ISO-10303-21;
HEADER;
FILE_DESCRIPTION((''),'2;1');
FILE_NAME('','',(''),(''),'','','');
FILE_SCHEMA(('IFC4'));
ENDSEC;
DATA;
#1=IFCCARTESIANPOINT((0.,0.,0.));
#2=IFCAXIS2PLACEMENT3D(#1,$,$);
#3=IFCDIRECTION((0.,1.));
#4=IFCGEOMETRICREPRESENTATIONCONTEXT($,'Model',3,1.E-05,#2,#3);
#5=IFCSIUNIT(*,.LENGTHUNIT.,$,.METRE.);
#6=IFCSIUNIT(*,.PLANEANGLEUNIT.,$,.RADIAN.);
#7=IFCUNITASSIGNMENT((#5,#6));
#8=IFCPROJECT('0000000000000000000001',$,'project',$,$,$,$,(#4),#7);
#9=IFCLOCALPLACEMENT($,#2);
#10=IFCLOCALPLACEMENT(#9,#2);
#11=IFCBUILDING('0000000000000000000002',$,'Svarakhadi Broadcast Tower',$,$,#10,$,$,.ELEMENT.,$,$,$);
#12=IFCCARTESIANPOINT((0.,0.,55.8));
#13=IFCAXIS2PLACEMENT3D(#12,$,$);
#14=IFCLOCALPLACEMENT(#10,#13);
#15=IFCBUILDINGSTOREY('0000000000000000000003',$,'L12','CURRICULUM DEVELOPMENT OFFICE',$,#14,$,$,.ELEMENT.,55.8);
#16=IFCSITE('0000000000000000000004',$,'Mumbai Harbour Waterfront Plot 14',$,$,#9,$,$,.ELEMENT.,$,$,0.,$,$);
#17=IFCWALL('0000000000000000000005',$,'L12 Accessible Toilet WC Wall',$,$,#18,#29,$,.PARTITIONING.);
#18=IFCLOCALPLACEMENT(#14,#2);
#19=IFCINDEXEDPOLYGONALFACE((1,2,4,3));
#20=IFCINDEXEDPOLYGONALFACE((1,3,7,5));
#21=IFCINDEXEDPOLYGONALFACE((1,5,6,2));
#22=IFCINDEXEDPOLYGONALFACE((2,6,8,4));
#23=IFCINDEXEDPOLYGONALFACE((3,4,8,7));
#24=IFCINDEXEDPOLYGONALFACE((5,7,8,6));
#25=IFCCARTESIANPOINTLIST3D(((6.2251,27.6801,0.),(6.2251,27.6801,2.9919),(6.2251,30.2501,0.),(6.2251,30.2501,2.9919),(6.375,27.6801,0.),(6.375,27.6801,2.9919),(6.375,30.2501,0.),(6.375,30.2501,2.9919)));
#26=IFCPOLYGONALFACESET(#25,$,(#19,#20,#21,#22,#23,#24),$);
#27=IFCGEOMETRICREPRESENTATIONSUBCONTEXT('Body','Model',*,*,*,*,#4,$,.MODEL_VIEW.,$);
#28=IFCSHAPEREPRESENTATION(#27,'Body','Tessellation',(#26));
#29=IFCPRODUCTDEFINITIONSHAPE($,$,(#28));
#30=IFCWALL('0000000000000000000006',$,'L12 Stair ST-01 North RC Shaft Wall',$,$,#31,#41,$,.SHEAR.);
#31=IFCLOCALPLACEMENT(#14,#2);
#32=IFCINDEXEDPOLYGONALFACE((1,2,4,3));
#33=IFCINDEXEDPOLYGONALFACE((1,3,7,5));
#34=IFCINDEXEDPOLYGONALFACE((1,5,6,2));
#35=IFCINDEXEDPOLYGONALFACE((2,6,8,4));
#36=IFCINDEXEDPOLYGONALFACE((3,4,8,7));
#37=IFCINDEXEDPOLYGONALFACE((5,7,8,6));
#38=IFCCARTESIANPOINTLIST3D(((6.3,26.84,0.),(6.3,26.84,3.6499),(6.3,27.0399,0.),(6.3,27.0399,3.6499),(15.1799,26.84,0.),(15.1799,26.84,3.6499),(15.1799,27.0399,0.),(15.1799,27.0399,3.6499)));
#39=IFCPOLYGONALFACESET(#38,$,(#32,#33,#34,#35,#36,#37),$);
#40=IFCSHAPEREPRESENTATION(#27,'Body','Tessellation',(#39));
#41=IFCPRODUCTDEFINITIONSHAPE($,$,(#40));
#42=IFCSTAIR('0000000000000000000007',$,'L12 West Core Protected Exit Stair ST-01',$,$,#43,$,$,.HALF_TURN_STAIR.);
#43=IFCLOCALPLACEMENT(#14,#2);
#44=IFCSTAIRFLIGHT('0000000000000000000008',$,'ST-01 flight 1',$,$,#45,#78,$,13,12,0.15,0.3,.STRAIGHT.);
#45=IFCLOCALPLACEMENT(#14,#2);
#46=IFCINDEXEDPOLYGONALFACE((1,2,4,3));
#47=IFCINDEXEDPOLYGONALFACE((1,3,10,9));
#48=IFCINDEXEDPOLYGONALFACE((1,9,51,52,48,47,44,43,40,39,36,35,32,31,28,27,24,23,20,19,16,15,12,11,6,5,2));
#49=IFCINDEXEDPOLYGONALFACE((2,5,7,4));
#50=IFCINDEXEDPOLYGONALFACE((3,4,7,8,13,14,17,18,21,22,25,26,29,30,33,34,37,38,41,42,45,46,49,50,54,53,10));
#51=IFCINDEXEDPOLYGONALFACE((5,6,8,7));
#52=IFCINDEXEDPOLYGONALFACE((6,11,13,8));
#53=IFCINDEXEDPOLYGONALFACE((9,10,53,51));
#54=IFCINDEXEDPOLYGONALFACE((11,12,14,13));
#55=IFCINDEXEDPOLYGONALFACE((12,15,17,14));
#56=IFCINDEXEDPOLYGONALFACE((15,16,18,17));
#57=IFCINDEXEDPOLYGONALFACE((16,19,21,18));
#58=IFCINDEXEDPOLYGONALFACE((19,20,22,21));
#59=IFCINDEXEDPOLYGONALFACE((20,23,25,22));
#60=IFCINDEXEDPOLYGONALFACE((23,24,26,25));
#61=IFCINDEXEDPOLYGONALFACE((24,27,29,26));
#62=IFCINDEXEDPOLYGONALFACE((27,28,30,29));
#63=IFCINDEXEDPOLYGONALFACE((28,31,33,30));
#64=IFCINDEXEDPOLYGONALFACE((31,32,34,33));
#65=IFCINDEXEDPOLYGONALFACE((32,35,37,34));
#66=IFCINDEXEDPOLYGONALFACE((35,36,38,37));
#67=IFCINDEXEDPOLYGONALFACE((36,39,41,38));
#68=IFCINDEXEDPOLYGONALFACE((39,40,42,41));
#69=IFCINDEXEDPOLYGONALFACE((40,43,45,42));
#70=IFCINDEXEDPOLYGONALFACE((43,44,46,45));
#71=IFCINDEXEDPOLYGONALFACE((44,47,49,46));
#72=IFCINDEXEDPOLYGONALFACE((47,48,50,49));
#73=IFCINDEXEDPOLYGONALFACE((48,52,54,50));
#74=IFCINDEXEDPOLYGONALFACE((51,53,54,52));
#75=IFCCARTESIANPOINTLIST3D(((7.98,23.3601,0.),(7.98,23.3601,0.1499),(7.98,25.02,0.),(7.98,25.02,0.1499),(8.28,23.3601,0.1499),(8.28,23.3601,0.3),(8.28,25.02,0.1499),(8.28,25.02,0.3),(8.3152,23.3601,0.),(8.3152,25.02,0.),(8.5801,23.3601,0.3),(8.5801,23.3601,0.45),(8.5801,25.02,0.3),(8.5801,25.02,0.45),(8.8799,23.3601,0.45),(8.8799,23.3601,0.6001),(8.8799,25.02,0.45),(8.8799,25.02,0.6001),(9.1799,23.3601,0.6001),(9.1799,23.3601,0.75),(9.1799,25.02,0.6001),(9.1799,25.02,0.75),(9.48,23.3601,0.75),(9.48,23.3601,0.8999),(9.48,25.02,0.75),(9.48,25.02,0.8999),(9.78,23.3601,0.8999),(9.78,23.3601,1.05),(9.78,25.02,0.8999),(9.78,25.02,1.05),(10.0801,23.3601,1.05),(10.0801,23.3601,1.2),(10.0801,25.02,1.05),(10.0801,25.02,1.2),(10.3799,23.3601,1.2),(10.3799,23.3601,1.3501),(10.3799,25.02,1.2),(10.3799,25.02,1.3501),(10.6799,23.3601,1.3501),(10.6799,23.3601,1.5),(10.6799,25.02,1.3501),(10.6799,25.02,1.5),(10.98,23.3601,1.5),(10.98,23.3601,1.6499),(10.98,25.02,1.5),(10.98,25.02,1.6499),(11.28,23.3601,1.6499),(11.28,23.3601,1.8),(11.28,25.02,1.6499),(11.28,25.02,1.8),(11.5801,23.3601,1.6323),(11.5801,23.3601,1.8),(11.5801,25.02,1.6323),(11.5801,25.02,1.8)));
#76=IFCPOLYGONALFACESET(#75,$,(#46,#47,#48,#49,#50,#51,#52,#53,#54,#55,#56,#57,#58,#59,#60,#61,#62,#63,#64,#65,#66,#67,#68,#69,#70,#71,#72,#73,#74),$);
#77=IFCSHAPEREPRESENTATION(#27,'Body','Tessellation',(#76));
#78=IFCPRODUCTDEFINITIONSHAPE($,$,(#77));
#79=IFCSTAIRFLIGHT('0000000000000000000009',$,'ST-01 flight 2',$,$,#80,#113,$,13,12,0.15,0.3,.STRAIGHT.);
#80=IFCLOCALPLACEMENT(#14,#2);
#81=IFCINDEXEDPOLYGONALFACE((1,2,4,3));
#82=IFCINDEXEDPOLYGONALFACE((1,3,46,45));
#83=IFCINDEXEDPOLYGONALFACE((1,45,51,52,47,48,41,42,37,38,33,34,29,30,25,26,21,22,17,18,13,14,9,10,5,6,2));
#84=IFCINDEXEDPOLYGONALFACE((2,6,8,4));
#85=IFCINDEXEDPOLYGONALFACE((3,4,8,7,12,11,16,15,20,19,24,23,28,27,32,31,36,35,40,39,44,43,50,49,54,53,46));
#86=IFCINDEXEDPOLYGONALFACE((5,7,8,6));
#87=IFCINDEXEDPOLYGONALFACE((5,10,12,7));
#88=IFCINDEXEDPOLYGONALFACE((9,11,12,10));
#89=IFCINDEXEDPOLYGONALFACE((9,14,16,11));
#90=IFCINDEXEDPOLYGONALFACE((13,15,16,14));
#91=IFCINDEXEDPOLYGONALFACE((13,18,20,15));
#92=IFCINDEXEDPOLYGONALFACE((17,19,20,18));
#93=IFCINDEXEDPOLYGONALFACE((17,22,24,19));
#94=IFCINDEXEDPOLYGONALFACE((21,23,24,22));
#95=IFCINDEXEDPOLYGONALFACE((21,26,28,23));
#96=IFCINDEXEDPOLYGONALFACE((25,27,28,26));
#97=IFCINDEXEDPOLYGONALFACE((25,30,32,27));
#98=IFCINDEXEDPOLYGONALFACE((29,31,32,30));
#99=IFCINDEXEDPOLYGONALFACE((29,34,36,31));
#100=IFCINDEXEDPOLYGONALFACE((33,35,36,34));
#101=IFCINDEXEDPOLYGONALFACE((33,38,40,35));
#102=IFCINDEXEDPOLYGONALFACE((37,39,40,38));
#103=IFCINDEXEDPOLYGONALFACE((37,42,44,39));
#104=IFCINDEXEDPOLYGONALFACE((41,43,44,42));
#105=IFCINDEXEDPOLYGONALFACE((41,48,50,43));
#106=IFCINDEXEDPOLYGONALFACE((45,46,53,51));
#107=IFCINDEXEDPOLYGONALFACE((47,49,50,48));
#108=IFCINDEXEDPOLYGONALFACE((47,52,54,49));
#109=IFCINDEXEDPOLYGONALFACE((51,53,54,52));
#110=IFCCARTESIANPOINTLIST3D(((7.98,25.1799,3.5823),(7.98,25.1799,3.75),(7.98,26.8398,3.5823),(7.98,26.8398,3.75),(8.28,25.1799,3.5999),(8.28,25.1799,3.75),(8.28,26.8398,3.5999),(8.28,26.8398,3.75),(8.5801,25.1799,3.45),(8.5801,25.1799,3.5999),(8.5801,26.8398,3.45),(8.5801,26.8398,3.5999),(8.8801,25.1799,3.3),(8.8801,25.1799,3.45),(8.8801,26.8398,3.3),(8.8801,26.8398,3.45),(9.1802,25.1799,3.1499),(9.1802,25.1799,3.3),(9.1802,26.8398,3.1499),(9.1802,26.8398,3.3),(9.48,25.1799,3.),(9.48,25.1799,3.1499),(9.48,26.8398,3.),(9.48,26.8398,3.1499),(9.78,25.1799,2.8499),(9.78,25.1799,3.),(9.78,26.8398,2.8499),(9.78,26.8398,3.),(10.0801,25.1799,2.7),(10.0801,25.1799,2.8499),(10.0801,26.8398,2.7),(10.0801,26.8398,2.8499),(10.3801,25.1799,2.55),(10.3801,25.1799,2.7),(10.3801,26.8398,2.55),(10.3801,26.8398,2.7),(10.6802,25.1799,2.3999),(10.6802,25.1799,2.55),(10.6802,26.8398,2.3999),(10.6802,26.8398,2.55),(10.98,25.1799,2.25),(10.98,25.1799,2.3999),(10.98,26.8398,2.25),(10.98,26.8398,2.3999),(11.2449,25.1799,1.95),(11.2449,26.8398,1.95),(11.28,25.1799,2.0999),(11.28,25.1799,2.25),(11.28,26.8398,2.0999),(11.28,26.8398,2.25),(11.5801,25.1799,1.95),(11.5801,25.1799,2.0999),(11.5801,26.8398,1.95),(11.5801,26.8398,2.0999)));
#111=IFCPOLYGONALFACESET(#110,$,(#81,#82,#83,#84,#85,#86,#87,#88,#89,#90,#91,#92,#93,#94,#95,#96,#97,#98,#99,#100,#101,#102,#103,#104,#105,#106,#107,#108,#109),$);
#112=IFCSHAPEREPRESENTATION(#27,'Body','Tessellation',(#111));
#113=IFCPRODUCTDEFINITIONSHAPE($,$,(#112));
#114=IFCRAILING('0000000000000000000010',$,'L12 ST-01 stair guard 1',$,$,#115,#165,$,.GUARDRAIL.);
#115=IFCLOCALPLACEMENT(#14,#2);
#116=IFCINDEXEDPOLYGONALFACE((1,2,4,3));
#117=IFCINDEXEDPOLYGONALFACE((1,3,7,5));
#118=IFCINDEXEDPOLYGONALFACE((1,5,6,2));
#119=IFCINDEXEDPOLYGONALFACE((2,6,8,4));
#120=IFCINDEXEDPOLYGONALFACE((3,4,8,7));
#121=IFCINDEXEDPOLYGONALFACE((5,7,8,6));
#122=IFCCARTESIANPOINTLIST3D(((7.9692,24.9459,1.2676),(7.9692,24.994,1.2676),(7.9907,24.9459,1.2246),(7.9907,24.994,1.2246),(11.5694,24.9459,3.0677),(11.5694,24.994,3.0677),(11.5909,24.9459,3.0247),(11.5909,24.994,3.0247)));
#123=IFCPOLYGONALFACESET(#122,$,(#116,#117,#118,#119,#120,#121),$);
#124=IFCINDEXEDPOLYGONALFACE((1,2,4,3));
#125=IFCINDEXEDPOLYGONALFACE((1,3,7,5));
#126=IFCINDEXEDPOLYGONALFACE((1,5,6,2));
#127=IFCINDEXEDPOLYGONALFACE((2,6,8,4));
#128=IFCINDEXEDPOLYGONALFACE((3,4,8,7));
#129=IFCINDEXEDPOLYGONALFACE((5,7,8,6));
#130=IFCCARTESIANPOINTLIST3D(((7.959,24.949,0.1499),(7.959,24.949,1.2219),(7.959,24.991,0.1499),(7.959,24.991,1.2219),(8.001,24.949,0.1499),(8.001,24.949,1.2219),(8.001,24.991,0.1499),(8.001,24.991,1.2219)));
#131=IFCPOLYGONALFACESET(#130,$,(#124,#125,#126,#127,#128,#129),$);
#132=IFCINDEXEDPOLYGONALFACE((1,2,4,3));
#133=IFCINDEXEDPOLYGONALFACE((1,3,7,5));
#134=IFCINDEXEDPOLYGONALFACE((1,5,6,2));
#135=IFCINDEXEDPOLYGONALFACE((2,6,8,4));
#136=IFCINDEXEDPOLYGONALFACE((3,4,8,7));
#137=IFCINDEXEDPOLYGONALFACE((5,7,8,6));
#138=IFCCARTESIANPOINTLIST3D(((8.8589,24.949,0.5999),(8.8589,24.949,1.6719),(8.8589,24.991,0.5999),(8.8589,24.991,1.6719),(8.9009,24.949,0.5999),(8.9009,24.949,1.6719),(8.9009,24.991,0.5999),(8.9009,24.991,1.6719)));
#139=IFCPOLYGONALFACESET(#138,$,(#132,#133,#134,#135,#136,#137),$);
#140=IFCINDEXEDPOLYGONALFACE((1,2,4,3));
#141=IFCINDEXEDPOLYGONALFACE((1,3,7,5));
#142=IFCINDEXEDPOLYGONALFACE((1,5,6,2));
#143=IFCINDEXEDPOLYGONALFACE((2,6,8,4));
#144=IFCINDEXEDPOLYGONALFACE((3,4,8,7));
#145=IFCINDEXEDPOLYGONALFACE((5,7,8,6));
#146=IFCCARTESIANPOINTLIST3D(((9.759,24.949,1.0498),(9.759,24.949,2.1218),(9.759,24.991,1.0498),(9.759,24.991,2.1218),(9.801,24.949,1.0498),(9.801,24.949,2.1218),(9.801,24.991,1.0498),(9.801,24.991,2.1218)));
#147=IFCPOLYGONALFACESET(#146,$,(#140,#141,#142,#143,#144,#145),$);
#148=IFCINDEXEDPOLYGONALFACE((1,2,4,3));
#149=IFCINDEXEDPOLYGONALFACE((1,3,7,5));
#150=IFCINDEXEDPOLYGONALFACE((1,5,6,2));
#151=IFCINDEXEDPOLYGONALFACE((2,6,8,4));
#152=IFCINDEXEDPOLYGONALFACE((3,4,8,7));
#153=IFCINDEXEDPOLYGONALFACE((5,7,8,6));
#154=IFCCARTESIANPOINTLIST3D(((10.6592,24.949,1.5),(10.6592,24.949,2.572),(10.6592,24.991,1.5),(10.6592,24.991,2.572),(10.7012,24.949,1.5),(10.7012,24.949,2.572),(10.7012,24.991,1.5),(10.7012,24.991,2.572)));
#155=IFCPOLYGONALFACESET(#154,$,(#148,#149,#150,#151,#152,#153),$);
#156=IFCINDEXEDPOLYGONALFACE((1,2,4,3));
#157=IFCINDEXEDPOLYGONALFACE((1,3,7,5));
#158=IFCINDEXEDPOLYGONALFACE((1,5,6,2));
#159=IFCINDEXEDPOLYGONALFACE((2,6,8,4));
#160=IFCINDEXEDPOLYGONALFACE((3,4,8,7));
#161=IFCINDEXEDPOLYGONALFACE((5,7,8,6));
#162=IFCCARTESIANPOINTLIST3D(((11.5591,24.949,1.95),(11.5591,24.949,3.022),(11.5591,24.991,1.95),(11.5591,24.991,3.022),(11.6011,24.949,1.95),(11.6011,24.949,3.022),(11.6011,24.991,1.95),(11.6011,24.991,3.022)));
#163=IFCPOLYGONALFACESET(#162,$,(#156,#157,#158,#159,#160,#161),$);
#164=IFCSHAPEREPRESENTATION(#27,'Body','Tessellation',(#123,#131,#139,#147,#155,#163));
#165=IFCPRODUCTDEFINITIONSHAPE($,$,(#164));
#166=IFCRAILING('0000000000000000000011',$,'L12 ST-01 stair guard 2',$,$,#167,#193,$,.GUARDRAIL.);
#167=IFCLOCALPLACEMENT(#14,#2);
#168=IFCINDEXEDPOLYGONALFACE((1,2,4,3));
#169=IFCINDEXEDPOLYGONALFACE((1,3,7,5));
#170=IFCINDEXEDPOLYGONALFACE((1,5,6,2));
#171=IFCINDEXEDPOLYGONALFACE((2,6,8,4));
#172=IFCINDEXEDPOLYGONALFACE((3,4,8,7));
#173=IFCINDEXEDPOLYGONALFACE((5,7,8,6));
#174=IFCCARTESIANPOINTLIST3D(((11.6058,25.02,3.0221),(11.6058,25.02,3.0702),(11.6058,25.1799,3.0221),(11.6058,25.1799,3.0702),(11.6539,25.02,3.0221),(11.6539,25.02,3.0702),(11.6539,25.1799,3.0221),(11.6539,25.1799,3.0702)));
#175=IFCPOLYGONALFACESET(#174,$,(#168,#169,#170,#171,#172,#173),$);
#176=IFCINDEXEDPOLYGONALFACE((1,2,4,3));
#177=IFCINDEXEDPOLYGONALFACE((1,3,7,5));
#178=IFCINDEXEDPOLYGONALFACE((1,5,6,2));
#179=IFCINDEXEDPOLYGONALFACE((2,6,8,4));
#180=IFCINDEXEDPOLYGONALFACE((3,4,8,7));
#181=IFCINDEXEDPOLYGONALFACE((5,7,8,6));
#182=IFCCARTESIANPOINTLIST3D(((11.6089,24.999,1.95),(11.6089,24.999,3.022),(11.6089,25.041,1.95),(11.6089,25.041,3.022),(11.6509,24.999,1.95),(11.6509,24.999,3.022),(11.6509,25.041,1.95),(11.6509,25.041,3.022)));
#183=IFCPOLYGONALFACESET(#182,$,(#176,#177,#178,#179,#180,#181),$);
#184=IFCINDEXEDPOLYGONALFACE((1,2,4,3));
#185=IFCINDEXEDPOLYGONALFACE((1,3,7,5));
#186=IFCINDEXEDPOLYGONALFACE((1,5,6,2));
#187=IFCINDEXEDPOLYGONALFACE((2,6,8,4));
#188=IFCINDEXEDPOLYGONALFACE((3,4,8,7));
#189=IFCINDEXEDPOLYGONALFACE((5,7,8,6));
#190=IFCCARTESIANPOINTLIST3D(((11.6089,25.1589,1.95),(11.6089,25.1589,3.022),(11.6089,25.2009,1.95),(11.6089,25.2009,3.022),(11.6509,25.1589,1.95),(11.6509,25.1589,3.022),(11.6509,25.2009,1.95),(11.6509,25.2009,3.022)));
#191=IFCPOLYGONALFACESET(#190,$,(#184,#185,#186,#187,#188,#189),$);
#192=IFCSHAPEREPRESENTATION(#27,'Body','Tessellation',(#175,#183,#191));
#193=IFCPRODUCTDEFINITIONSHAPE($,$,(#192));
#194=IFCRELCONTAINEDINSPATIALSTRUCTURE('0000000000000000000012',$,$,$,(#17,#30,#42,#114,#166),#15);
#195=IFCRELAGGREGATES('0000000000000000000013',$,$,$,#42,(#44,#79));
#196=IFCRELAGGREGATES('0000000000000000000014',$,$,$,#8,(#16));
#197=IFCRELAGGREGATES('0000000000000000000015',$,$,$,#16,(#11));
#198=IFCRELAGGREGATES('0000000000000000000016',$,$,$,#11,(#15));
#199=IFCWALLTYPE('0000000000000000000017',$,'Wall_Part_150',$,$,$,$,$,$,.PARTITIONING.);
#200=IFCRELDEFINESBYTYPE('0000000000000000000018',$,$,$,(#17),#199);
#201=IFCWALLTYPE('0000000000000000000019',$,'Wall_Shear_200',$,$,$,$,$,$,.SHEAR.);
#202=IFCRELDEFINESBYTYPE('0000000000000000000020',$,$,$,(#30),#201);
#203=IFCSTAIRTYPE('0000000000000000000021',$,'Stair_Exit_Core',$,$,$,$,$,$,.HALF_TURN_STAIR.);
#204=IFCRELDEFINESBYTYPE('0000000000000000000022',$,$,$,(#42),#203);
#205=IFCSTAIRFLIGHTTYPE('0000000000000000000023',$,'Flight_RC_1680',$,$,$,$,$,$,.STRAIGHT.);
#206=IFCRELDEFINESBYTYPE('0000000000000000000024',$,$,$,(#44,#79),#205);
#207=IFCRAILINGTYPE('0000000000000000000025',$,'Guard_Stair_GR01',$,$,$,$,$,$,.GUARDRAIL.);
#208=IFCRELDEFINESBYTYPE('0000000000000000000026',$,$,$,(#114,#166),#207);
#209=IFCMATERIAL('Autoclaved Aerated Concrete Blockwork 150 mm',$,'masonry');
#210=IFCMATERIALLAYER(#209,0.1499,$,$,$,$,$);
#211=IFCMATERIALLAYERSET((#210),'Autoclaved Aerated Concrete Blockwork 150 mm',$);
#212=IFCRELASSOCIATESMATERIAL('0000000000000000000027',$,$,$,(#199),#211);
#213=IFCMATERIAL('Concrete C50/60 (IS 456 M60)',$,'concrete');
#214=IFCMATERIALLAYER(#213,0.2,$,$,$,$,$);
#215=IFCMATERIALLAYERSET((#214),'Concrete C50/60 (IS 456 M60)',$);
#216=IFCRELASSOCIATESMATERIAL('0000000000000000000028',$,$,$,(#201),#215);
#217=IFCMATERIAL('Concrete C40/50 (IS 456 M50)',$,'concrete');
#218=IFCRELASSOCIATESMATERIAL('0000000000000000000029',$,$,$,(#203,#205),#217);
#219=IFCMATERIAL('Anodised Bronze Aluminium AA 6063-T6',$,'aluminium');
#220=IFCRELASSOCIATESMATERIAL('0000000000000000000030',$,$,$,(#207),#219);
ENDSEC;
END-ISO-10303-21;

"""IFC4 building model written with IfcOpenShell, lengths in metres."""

from ifc_helpers import new_model, si_unit, direction, frame, frame_2d, origin, origin_2d, place, context, subcontext, project, spatial, polyline, rectangle, outline, extrude, material, layer, layer_set, type_object, element, aggregate, save


model = new_model("IFC4")

# Units and contexts
model_context = context("Model", 3, precision=1e-05, world=origin(), true_north=direction((0.0, 1.0)))
body_context = subcontext(model_context, "Body", "Model", "MODEL_VIEW")
ifc_project = project(units=[si_unit("LENGTHUNIT", "METRE"), si_unit("PLANEANGLEUNIT", "RADIAN")], contexts=[model_context])

# Site, building, storey
site_placement = place(None, origin())
site = spatial("IfcSite", under=ifc_project, at=site_placement, Name="Mumbai Harbour Waterfront Plot 14", CompositionType="ELEMENT", RefElevation=0.0)
building_placement = place(site_placement, origin())
building = spatial("IfcBuilding", under=site, at=building_placement, Name="Svarakhadi Broadcast Tower", CompositionType="ELEMENT")
storey_placement = place(building_placement, frame((0.0, 0.0, 55.8)))
storey = spatial("IfcBuildingStorey", under=building, at=storey_placement, Name="L12", Description="CURRICULUM DEVELOPMENT OFFICE", CompositionType="ELEMENT", Elevation=55.8)

# Walls
ifc_material_1 = material(Name="Concrete C40/50 (IS 456 M50)", Category="concrete")
ifc_material_2 = material(Name="Autoclaved Aerated Concrete Blockwork 150 mm", Category="masonry")
ifc_layer_1 = layer(ifc_material_2, 0.1499)
ifc_layer_set_1 = layer_set([ifc_layer_1], Name="Autoclaved Aerated Concrete Blockwork 150 mm")
wall_type_1 = type_object("IfcWallType", Name="Wall_Part_150", PredefinedType="PARTITIONING", material=ifc_layer_set_1)
wall_1_placement = place(storey_placement, frame((6.3, 27.6799, 0.0), z_axis=(0.0, 0.0, 1.0), x_axis=(0.0, 1.0, 0.0)))
element("IfcWall", 1, at=wall_1_placement, inside=storey, type_object=wall_type_1, Name="L12 Accessible Toilet WC Wall", PredefinedType="PARTITIONING", context=body_context, shape_type="SweptSolid", body=[
    extrude(rectangle(XDim=2.5701, YDim=0.1499, at=frame_2d((1.2852, 0.0))), origin(), (0.0, 0.0, 1.0), 2.9919),
])
ifc_material_3 = material(Name="Concrete C50/60 (IS 456 M60)", Category="concrete")
ifc_layer_2 = layer(ifc_material_3, 0.2)
ifc_layer_set_2 = layer_set([ifc_layer_2], Name="Concrete C50/60 (IS 456 M60)")
wall_type_2 = type_object("IfcWallType", Name="Wall_Shear_200", PredefinedType="SHEAR", material=ifc_layer_set_2)
wall_2_placement = place(storey_placement, frame((6.3, 26.9399, 0.0), z_axis=(0.0, 0.0, 1.0), x_axis=(1.0, 0.0, 0.0)))
element("IfcWall", 2, at=wall_2_placement, inside=storey, type_object=wall_type_2, Name="L12 Stair ST-01 North RC Shaft Wall", PredefinedType="SHEAR", context=body_context, shape_type="SweptSolid", body=[
    extrude(rectangle(XDim=8.8799, YDim=0.2, at=frame_2d((4.4399, 0.0))), origin(), (0.0, 0.0, 1.0), 3.6499),
])

# Stair, stair flights
stair_type = type_object("IfcStairType", Name="Stair_Exit_Core", PredefinedType="HALF_TURN_STAIR", material=ifc_material_1)
stair_placement = place(storey_placement, origin())
stair = element("IfcStair", 3, at=stair_placement, inside=storey, type_object=stair_type, Name="L12 West Core Protected Exit Stair ST-01", PredefinedType="HALF_TURN_STAIR")
stair_flight_type = type_object("IfcStairFlightType", Name="Flight_RC_1680", PredefinedType="STRAIGHT", material=ifc_material_1)
stair_flight_1_placement = place(storey_placement, frame((7.98, 24.1899, 0.0), z_axis=(0.0, 0.0, 1.0), x_axis=(1.0, 0.0, 0.0)))
stair_flight_1 = element("IfcStairFlight", 4, at=stair_flight_1_placement, type_object=stair_flight_type, Name="ST-01 flight 1", NumberOfRisers=13, NumberOfTreads=12, PredefinedType="STRAIGHT", RiserHeight=0.15, TreadLength=0.3, context=body_context, shape_type="SweptSolid", body=[
    extrude(outline(polyline([(0.0, 0.0), (0.0, 0.1499), (0.3, 0.1499), (0.3, 0.3), (0.6001, 0.3), (0.6001, 0.45), (0.8999, 0.45), (0.8999, 0.6001), (1.2, 0.6001), (1.2, 0.75), (1.5, 0.75), (1.5, 0.8999), (1.8, 0.8999), (1.8, 1.05), (2.1001, 1.05), (2.1001, 1.2), (2.3999, 1.2), (2.3999, 1.3501), (2.7, 1.3501), (2.7, 1.5), (3.0, 1.5), (3.0, 1.6499), (3.3, 1.6499), (3.3, 1.8), (3.6001, 1.8), (3.6001, 1.95), (3.6001, 1.6323), (0.3352, 0.0), (0.0, 0.0)])), frame((0.0, 0.8301, 0.0), z_axis=(0.0, -1.0, 0.0), x_axis=(1.0, 0.0, 0.0)), (0.0, 0.0, 1.0), 1.6599),
])
stair_flight_2_placement = place(storey_placement, frame((11.5801, 26.01, 1.95), z_axis=(0.0, 0.0, 1.0), x_axis=(-1.0, 0.0, 0.0)))
stair_flight_2 = element("IfcStairFlight", 5, at=stair_flight_2_placement, type_object=stair_flight_type, Name="ST-01 flight 2", NumberOfRisers=13, NumberOfTreads=12, PredefinedType="STRAIGHT", RiserHeight=0.15, TreadLength=0.3, context=body_context, shape_type="SweptSolid", body=[
    extrude(outline(polyline([(0.0, 0.0), (0.0, 0.1499), (0.3, 0.1499), (0.3, 0.3), (0.6001, 0.3), (0.6001, 0.45), (0.8999, 0.45), (0.8999, 0.6001), (1.2, 0.6001), (1.2, 0.75), (1.5, 0.75), (1.5, 0.8999), (1.8, 0.8999), (1.8, 1.05), (2.1001, 1.05), (2.1001, 1.2), (2.3999, 1.2), (2.3999, 1.3501), (2.7, 1.3501), (2.7, 1.5), (3.0, 1.5), (3.0, 1.6499), (3.3, 1.6499), (3.3, 1.8), (3.6001, 1.8), (3.6001, 1.95), (3.6001, 1.6323), (0.3352, 0.0), (0.0, 0.0)])), frame((0.0, 0.8301, 0.0), z_axis=(0.0, -1.0, 0.0), x_axis=(1.0, 0.0, 0.0)), (0.0, 0.0, 1.0), 1.6599),
])
aggregate(stair, [stair_flight_1, stair_flight_2])

# Railings
ifc_material_4 = material(Name="Anodised Bronze Aluminium AA 6063-T6", Category="aluminium")
railing_type_1 = type_object("IfcRailingType", Name="Guard_Stair_GR01", PredefinedType="GUARDRAIL", material=ifc_material_4)
railing_1_placement = place(storey_placement, frame((7.98, 24.97, 0.1499)))
element("IfcRailing", 6, at=railing_1_placement, inside=storey, type_object=railing_type_1, Name="L12 ST-01 stair guard 1", PredefinedType="GUARDRAIL", context=body_context, shape_type="SweptSolid", body=[
    extrude(rectangle(XDim=0.0481, YDim=0.0481, at=origin_2d()), frame((0.0, 0.0, 1.0962), z_axis=(0.894427, 0.0, 0.447214), x_axis=(0.0, 1.0, 0.0)), (0.0, 0.0, 1.0), 4.0251),
    extrude(rectangle(XDim=0.042, YDim=0.042, at=origin_2d()), origin(), (0.0, 0.0, 1.0), 1.072),
    extrude(rectangle(XDim=0.042, YDim=0.042, at=origin_2d()), frame((0.8999, 0.0, 0.45)), (0.0, 0.0, 1.0), 1.072),
    extrude(rectangle(XDim=0.042, YDim=0.042, at=origin_2d()), frame((1.8, 0.0, 0.8999)), (0.0, 0.0, 1.0), 1.072),
    extrude(rectangle(XDim=0.042, YDim=0.042, at=origin_2d()), frame((2.7002, 0.0, 1.3501)), (0.0, 0.0, 1.0), 1.072),
    extrude(rectangle(XDim=0.042, YDim=0.042, at=origin_2d()), frame((3.6001, 0.0, 1.8)), (0.0, 0.0, 1.0), 1.072),
])
railing_2_placement = place(storey_placement, frame((11.6299, 25.02, 1.95)))
element("IfcRailing", 7, at=railing_2_placement, inside=storey, type_object=railing_type_1, Name="L12 ST-01 stair guard 2", PredefinedType="GUARDRAIL", context=body_context, shape_type="SweptSolid", body=[
    extrude(rectangle(XDim=0.0481, YDim=0.0481, at=origin_2d()), frame((0.0, 0.0, 1.0962), z_axis=(0.0, 1.0, 0.0), x_axis=(-1.0, 0.0, 0.0)), (0.0, 0.0, 1.0), 0.1599),
    extrude(rectangle(XDim=0.042, YDim=0.042, at=origin_2d()), origin(), (0.0, 0.0, 1.0), 1.072),
    extrude(rectangle(XDim=0.042, YDim=0.042, at=origin_2d()), frame((0.0, 0.1599, 0.0)), (0.0, 0.0, 1.0), 1.072),
])

save(model, "model.ifc")
